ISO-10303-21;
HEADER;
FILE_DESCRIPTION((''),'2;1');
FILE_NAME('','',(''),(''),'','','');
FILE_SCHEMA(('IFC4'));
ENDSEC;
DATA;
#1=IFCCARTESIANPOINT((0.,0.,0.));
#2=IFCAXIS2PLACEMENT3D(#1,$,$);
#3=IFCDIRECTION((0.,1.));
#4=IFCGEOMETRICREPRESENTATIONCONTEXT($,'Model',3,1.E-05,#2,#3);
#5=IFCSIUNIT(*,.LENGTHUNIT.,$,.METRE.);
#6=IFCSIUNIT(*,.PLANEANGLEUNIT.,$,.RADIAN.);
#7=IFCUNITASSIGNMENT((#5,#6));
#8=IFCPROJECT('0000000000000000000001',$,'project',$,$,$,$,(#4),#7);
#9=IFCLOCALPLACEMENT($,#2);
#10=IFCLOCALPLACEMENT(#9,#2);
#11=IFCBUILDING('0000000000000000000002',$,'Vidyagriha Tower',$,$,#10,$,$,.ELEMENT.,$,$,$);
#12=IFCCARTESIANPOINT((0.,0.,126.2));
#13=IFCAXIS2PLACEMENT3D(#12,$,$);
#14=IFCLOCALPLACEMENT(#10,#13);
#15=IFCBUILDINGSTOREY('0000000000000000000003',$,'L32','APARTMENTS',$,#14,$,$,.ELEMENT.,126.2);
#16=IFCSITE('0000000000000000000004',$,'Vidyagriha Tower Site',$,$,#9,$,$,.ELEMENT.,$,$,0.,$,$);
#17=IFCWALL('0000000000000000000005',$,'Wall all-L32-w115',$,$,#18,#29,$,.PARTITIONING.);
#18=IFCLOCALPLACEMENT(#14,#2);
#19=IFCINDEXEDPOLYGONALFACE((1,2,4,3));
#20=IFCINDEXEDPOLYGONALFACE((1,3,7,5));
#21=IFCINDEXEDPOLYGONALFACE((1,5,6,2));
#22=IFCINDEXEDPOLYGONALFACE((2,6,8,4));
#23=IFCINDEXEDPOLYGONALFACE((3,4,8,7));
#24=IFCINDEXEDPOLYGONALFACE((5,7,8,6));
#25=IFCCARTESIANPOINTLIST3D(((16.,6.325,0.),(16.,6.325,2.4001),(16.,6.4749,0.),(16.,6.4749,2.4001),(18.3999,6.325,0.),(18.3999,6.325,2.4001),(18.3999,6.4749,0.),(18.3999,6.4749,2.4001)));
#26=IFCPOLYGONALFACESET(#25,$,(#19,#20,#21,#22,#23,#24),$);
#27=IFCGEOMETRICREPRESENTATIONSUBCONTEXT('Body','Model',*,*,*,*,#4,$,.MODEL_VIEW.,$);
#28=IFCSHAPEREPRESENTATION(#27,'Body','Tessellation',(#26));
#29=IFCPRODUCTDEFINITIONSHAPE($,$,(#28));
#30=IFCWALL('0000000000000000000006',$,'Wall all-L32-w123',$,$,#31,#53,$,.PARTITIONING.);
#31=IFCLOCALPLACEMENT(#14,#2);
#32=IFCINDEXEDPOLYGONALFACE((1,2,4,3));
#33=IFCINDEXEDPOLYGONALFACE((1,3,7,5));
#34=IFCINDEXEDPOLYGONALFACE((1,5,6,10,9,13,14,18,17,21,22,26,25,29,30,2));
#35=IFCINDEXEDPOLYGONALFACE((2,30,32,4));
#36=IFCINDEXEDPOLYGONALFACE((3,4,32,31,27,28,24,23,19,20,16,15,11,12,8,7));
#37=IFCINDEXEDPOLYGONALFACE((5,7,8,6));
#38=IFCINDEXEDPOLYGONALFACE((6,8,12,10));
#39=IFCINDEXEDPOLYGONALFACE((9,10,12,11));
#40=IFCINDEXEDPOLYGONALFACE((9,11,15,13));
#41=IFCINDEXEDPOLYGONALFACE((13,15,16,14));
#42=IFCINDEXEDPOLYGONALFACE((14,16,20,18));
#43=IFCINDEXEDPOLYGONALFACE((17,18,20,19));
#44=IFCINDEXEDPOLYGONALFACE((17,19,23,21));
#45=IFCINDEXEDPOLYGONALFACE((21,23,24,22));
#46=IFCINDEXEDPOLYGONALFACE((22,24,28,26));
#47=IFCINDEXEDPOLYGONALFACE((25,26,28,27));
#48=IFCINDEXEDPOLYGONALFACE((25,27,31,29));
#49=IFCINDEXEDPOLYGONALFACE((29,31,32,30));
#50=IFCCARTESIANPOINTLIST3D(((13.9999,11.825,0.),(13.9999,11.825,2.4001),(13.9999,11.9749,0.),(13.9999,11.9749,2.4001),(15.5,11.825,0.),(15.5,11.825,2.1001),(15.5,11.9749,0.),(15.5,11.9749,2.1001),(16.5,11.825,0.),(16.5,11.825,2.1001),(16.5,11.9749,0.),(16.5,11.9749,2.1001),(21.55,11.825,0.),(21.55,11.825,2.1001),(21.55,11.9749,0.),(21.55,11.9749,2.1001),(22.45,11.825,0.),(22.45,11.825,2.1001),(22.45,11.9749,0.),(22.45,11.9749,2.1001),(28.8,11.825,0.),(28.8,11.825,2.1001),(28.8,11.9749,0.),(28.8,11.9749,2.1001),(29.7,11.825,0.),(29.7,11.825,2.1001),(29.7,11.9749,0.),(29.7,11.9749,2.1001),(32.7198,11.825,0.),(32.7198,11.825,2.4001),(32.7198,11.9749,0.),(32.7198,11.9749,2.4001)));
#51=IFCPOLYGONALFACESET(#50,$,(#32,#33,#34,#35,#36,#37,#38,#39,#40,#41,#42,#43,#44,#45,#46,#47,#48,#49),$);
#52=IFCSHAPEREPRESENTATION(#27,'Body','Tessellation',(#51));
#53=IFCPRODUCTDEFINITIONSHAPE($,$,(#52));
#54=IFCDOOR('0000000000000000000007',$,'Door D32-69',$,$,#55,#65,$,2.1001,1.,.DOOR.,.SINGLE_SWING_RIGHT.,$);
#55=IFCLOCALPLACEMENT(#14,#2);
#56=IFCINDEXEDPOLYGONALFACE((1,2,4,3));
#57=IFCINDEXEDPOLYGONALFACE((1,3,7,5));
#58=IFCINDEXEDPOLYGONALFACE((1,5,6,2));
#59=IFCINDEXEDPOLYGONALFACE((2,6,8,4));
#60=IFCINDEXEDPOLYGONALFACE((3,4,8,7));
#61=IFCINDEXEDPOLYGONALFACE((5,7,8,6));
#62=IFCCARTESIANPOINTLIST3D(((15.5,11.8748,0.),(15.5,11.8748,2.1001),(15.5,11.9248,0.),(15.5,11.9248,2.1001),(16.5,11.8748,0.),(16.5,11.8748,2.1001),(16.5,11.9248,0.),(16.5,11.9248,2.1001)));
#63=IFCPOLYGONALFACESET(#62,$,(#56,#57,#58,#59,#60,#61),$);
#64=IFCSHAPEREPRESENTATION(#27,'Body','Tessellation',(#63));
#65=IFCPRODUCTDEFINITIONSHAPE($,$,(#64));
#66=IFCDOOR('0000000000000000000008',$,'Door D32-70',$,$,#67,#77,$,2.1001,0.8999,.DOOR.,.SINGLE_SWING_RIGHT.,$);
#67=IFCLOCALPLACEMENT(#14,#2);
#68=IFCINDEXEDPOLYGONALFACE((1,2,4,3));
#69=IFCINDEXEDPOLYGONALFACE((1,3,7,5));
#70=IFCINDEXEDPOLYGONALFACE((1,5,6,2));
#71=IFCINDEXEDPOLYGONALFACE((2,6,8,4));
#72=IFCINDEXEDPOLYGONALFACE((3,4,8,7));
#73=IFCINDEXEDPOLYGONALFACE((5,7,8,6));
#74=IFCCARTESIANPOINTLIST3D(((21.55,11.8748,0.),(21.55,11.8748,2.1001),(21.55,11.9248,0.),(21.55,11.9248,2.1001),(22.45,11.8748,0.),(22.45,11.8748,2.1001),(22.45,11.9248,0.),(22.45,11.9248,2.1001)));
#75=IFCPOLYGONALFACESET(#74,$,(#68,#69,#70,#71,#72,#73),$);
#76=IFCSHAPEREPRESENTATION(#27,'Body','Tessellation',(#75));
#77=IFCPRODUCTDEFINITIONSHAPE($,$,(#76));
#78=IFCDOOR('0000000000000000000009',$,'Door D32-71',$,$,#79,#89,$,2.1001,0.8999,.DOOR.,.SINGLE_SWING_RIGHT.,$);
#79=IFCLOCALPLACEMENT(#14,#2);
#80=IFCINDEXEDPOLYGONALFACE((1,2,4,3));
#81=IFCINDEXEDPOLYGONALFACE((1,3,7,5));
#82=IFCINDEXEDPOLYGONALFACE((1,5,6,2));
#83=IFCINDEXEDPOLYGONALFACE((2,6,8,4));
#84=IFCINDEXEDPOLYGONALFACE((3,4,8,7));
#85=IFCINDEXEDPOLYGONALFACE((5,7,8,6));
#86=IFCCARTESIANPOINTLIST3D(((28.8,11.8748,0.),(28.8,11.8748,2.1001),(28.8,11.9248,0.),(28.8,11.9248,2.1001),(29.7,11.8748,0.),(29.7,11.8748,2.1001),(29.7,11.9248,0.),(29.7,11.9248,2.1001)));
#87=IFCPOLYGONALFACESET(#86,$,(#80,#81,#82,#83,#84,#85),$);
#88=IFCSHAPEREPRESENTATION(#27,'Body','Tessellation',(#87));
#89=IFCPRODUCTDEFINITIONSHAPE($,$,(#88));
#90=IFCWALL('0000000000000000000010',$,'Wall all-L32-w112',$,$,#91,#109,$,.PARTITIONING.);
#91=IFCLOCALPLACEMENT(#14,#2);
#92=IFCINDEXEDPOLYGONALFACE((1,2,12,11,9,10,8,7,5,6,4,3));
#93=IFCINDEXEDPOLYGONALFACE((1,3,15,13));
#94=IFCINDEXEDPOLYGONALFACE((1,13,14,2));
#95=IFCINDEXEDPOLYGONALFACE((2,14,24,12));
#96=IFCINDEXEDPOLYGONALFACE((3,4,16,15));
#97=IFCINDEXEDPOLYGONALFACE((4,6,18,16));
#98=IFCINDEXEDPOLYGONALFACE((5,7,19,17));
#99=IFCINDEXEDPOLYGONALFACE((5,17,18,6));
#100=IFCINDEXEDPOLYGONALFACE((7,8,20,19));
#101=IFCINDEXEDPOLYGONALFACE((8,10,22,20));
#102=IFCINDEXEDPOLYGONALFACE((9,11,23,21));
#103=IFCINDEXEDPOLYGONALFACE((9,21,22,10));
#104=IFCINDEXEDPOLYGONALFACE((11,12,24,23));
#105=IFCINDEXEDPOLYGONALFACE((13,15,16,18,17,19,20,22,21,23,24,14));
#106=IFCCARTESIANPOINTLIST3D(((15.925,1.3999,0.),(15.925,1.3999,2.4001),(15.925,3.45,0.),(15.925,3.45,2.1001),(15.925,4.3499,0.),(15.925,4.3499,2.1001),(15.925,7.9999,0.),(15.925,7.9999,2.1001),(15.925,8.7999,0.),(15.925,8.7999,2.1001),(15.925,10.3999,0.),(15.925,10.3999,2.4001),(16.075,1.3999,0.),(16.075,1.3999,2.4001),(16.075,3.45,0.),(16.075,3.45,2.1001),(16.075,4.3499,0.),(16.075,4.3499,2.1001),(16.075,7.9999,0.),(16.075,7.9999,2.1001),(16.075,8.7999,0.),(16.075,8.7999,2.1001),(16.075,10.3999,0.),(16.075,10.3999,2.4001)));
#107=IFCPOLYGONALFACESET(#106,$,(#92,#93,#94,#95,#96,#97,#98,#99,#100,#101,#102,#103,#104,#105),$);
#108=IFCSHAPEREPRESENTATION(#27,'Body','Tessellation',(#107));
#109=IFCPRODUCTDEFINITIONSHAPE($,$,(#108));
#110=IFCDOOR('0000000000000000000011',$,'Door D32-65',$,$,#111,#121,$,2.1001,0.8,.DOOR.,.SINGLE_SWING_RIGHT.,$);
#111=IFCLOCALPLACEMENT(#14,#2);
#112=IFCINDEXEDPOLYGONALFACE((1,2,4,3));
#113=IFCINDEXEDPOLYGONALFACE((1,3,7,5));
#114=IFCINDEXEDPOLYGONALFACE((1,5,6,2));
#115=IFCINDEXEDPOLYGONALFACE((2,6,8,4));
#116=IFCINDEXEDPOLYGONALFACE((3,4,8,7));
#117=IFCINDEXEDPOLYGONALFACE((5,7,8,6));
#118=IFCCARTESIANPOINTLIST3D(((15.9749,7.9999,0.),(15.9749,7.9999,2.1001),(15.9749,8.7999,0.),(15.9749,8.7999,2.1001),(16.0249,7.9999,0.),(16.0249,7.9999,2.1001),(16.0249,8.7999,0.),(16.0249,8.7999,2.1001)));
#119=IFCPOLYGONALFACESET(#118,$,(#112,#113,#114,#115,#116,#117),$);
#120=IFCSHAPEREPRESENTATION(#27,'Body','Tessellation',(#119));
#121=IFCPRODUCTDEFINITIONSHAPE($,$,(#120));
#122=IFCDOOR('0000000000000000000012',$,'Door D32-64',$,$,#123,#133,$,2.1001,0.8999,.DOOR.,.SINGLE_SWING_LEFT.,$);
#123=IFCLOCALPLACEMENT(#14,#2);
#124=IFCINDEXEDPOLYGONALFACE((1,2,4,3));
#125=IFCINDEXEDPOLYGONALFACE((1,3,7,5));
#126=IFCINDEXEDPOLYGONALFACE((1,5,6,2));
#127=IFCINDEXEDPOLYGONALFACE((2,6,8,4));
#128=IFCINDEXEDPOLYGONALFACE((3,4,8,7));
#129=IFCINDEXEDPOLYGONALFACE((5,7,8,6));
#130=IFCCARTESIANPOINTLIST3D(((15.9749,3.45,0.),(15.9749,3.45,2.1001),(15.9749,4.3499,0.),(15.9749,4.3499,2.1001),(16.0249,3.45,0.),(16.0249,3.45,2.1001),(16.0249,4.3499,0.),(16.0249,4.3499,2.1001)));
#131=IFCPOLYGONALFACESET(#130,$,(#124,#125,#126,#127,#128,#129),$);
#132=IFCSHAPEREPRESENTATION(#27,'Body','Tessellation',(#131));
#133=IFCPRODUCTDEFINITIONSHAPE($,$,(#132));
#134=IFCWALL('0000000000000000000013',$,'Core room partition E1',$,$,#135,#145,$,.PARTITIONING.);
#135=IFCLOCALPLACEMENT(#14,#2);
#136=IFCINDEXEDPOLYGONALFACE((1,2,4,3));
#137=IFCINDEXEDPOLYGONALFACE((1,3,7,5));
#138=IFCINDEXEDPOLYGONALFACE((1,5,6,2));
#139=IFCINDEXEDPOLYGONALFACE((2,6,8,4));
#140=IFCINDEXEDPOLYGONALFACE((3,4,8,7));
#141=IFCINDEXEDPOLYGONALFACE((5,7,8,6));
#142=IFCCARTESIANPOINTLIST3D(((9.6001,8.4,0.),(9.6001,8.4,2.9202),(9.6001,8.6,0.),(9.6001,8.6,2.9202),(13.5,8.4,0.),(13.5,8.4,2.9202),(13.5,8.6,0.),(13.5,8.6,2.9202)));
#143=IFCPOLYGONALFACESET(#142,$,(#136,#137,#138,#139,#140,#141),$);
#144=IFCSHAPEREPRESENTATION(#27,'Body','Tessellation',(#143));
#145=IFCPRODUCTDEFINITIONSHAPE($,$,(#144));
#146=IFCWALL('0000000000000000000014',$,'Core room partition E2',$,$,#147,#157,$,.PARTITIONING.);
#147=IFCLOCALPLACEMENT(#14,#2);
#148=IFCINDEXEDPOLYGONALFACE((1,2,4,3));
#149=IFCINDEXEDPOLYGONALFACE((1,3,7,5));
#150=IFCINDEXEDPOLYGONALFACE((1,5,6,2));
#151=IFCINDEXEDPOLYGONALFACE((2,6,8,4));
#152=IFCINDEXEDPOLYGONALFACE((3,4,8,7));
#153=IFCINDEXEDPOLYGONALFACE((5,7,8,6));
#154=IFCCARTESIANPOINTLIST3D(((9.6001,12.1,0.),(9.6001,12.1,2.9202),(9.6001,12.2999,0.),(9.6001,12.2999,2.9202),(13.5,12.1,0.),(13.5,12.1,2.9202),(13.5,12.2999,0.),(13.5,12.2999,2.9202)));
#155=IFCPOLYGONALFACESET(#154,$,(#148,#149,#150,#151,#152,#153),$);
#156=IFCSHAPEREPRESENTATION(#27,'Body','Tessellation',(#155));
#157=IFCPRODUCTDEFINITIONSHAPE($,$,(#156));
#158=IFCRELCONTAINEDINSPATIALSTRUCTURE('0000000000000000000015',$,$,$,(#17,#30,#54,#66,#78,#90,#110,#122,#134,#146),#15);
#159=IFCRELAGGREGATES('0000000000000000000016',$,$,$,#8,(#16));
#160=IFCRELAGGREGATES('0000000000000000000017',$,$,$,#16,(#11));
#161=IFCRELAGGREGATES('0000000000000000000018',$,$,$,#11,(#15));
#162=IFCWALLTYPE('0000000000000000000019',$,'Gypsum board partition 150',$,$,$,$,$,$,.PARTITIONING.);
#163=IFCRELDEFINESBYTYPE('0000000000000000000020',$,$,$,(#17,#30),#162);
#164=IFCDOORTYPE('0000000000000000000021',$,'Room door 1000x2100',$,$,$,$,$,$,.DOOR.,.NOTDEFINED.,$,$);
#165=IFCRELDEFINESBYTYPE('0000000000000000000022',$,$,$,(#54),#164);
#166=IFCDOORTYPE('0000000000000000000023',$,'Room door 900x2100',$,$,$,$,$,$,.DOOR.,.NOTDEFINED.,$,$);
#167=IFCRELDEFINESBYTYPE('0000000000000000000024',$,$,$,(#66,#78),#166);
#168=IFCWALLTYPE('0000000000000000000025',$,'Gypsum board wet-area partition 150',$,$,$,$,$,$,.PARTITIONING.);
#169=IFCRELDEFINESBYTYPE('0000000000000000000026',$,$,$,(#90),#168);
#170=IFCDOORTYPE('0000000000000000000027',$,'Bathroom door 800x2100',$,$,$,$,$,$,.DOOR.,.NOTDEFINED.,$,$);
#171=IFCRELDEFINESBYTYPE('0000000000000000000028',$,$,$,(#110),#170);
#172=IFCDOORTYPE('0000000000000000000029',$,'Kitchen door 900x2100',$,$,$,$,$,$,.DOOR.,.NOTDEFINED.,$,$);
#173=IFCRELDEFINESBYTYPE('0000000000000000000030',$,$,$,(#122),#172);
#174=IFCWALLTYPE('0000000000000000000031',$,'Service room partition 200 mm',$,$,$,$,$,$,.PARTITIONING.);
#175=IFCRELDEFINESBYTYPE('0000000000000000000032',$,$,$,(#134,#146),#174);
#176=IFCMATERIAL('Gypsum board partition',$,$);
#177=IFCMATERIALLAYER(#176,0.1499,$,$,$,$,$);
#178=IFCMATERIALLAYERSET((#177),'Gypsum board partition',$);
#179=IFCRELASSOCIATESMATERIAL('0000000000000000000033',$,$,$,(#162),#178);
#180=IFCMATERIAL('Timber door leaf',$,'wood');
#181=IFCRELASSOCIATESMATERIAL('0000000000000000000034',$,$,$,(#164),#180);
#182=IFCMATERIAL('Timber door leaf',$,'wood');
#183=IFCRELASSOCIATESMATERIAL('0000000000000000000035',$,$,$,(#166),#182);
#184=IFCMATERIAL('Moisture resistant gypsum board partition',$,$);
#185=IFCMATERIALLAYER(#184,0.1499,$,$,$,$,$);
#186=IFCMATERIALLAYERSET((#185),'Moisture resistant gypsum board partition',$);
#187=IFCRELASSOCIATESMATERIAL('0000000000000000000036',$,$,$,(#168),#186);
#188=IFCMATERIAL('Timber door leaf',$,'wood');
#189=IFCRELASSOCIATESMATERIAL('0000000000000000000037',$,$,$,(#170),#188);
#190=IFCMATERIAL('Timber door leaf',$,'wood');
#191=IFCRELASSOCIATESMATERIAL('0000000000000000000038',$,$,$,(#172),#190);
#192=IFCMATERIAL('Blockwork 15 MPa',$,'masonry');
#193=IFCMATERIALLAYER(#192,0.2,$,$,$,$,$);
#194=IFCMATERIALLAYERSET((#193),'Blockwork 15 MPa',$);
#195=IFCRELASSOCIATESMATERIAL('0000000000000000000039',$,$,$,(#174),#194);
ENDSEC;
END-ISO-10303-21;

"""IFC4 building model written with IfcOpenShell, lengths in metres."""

from ifc_helpers import new_model, si_unit, direction, frame, frame_2d, origin, place, context, subcontext, project, spatial, rectangle, extrude, material, layer, layer_set, type_object, element, fill, save


model = new_model("IFC4")

# Units and contexts
model_context = context("Model", 3, precision=1e-05, world=origin(), true_north=direction((0.0, 1.0)))
body_context = subcontext(model_context, "Body", "Model", "MODEL_VIEW")
ifc_project = project(units=[si_unit("LENGTHUNIT", "METRE"), si_unit("PLANEANGLEUNIT", "RADIAN")], contexts=[model_context])

# Site, building, storey
site_placement = place(None, origin())
site = spatial("IfcSite", under=ifc_project, at=site_placement, Name="Vidyagriha Tower Site", CompositionType="ELEMENT", RefElevation=0.0)
building_placement = place(site_placement, origin())
building = spatial("IfcBuilding", under=site, at=building_placement, Name="Vidyagriha Tower", CompositionType="ELEMENT")
storey_placement = place(building_placement, frame((0.0, 0.0, 126.2)))
storey = spatial("IfcBuildingStorey", under=building, at=storey_placement, Name="L32", Description="APARTMENTS", CompositionType="ELEMENT", Elevation=126.2)

# Wall
ifc_material_1 = material(Name="Gypsum board partition")
ifc_layer_1 = layer(ifc_material_1, 0.1499)
ifc_layer_set_1 = layer_set([ifc_layer_1], Name="Gypsum board partition")
wall_type_1 = type_object("IfcWallType", Name="Gypsum board partition 150", PredefinedType="PARTITIONING", material=ifc_layer_set_1)
wall_1_placement = place(storey_placement, frame((16.0, 6.3999, 0.0)))
element("IfcWall", 1, at=wall_1_placement, inside=storey, type_object=wall_type_1, Name="Wall all-L32-w115", PredefinedType="PARTITIONING", context=body_context, shape_type="SweptSolid", body=[
    extrude(rectangle(XDim=2.3999, YDim=0.1499, at=frame_2d((1.2, 0.0))), origin(), (0.0, 0.0, 1.0), 2.4001),
])

# Walls, openings, doors
wall_2_placement = place(storey_placement, frame((14.0, 11.8999, 0.0)))
wall_2 = element("IfcWall", 2, at=wall_2_placement, inside=storey, type_object=wall_type_1, Name="Wall all-L32-w123", PredefinedType="PARTITIONING", context=body_context, shape_type="SweptSolid", body=[
    extrude(rectangle(XDim=18.72, YDim=0.1499, at=frame_2d((9.3599, 0.0))), origin(), (0.0, 0.0, 1.0), 2.4001),
])
opening_1_placement = place(wall_2_placement, frame((1.5, 0.0, 0.0)))
opening_1 = element("IfcOpeningElement", 3, at=opening_1_placement, cuts=wall_2, PredefinedType="OPENING", context=body_context, shape_type="SweptSolid", body=[
    extrude(rectangle(XDim=1.0, YDim=2.1001, at=frame_2d((0.5, 1.05))), frame((0.0, 0.085, 0.0), z_axis=(0.0, -1.0, 0.0), x_axis=(1.0, 0.0, 0.0)), (0.0, 0.0, 1.0), 0.1699),
])
opening_2_placement = place(wall_2_placement, frame((7.55, 0.0, 0.0)))
opening_2 = element("IfcOpeningElement", 4, at=opening_2_placement, cuts=wall_2, PredefinedType="OPENING", context=body_context, shape_type="SweptSolid", body=[
    extrude(rectangle(XDim=0.8999, YDim=2.1001, at=frame_2d((0.45, 1.05))), frame((0.0, 0.085, 0.0), z_axis=(0.0, -1.0, 0.0), x_axis=(1.0, 0.0, 0.0)), (0.0, 0.0, 1.0), 0.1699),
])
opening_3_placement = place(wall_2_placement, frame((14.8, 0.0, 0.0)))
opening_3 = element("IfcOpeningElement", 5, at=opening_3_placement, cuts=wall_2, PredefinedType="OPENING", context=body_context, shape_type="SweptSolid", body=[
    extrude(rectangle(XDim=0.8999, YDim=2.1001, at=frame_2d((0.45, 1.05))), frame((0.0, 0.085, 0.0), z_axis=(0.0, -1.0, 0.0), x_axis=(1.0, 0.0, 0.0)), (0.0, 0.0, 1.0), 0.1699),
])
ifc_material_2 = material(Name="Timber door leaf", Category="wood")
door_type_1 = type_object("IfcDoorType", Name="Room door 1000x2100", OperationType="NOTDEFINED", PredefinedType="DOOR", material=ifc_material_2)
door_1_placement = place(opening_1_placement, origin())
door_1 = element("IfcDoor", 6, at=door_1_placement, inside=storey, type_object=door_type_1, Name="Door D32-69", OperationType="SINGLE_SWING_RIGHT", OverallHeight=2.1001, OverallWidth=1.0, PredefinedType="DOOR", context=body_context, shape_type="SweptSolid", body=[
    extrude(rectangle(XDim=1.0, YDim=2.1001, at=frame_2d((0.5, 1.05))), frame((0.0, 0.0249, 0.0), z_axis=(0.0, -1.0, 0.0), x_axis=(1.0, 0.0, 0.0)), (0.0, 0.0, 1.0), 0.05),
])
fill(opening_1, door_1)
ifc_material_3 = material(Name="Timber door leaf", Category="wood")
door_type_2 = type_object("IfcDoorType", Name="Room door 900x2100", OperationType="NOTDEFINED", PredefinedType="DOOR", material=ifc_material_3)
door_2_placement = place(opening_2_placement, origin())
door_2 = element("IfcDoor", 7, at=door_2_placement, inside=storey, type_object=door_type_2, Name="Door D32-70", OperationType="SINGLE_SWING_RIGHT", OverallHeight=2.1001, OverallWidth=0.8999, PredefinedType="DOOR", context=body_context, shape_type="SweptSolid", body=[
    extrude(rectangle(XDim=0.8999, YDim=2.1001, at=frame_2d((0.45, 1.05))), frame((0.0, 0.0249, 0.0), z_axis=(0.0, -1.0, 0.0), x_axis=(1.0, 0.0, 0.0)), (0.0, 0.0, 1.0), 0.05),
])
fill(opening_2, door_2)
door_3_placement = place(opening_3_placement, origin())
door_3 = element("IfcDoor", 8, at=door_3_placement, inside=storey, type_object=door_type_2, Name="Door D32-71", OperationType="SINGLE_SWING_RIGHT", OverallHeight=2.1001, OverallWidth=0.8999, PredefinedType="DOOR", context=body_context, shape_type="SweptSolid", body=[
    extrude(rectangle(XDim=0.8999, YDim=2.1001, at=frame_2d((0.45, 1.05))), frame((0.0, 0.0249, 0.0), z_axis=(0.0, -1.0, 0.0), x_axis=(1.0, 0.0, 0.0)), (0.0, 0.0, 1.0), 0.05),
])
fill(opening_3, door_3)
ifc_material_4 = material(Name="Moisture resistant gypsum board partition")
ifc_layer_2 = layer(ifc_material_4, 0.1499)
ifc_layer_set_2 = layer_set([ifc_layer_2], Name="Moisture resistant gypsum board partition")
wall_type_2 = type_object("IfcWallType", Name="Gypsum board wet-area partition 150", PredefinedType="PARTITIONING", material=ifc_layer_set_2)
wall_3_placement = place(storey_placement, frame((16.0, 10.3999, 0.0), z_axis=(0.0, 0.0, 1.0), x_axis=(0.0, -1.0, 0.0)))
wall_3 = element("IfcWall", 9, at=wall_3_placement, inside=storey, type_object=wall_type_2, Name="Wall all-L32-w112", PredefinedType="PARTITIONING", context=body_context, shape_type="SweptSolid", body=[
    extrude(rectangle(XDim=9.0, YDim=0.1499, at=frame_2d((4.5, 0.0))), origin(), (0.0, 0.0, 1.0), 2.4001),
])
opening_4_placement = place(wall_3_placement, frame((6.05, 0.0, 0.0)))
opening_4 = element("IfcOpeningElement", 10, at=opening_4_placement, cuts=wall_3, PredefinedType="OPENING", context=body_context, shape_type="SweptSolid", body=[
    extrude(rectangle(XDim=0.8999, YDim=2.1001, at=frame_2d((0.45, 1.05))), frame((0.0, 0.085, 0.0), z_axis=(0.0, -1.0, 0.0), x_axis=(1.0, 0.0, 0.0)), (0.0, 0.0, 1.0), 0.1699),
])
opening_5_placement = place(wall_3_placement, frame((1.6001, 0.0, 0.0)))
opening_5 = element("IfcOpeningElement", 11, at=opening_5_placement, cuts=wall_3, PredefinedType="OPENING", context=body_context, shape_type="SweptSolid", body=[
    extrude(rectangle(XDim=0.8, YDim=2.1001, at=frame_2d((0.3999, 1.05))), frame((0.0, 0.085, 0.0), z_axis=(0.0, -1.0, 0.0), x_axis=(1.0, 0.0, 0.0)), (0.0, 0.0, 1.0), 0.1699),
])
ifc_material_5 = material(Name="Timber door leaf", Category="wood")
door_type_3 = type_object("IfcDoorType", Name="Bathroom door 800x2100", OperationType="NOTDEFINED", PredefinedType="DOOR", material=ifc_material_5)
door_4_placement = place(opening_5_placement, origin())
door_4 = element("IfcDoor", 12, at=door_4_placement, inside=storey, type_object=door_type_3, Name="Door D32-65", OperationType="SINGLE_SWING_RIGHT", OverallHeight=2.1001, OverallWidth=0.8, PredefinedType="DOOR", context=body_context, shape_type="SweptSolid", body=[
    extrude(rectangle(XDim=0.8, YDim=2.1001, at=frame_2d((0.3999, 1.05))), frame((0.0, 0.0249, 0.0), z_axis=(0.0, -1.0, 0.0), x_axis=(1.0, 0.0, 0.0)), (0.0, 0.0, 1.0), 0.05),
])
fill(opening_5, door_4)
ifc_material_6 = material(Name="Timber door leaf", Category="wood")
door_type_4 = type_object("IfcDoorType", Name="Kitchen door 900x2100", OperationType="NOTDEFINED", PredefinedType="DOOR", material=ifc_material_6)
door_5_placement = place(opening_4_placement, origin())
door_5 = element("IfcDoor", 13, at=door_5_placement, inside=storey, type_object=door_type_4, Name="Door D32-64", OperationType="SINGLE_SWING_LEFT", OverallHeight=2.1001, OverallWidth=0.8999, PredefinedType="DOOR", context=body_context, shape_type="SweptSolid", body=[
    extrude(rectangle(XDim=0.8999, YDim=2.1001, at=frame_2d((0.45, 1.05))), frame((0.0, 0.0249, 0.0), z_axis=(0.0, -1.0, 0.0), x_axis=(1.0, 0.0, 0.0)), (0.0, 0.0, 1.0), 0.05),
])
fill(opening_4, door_5)

# Walls
ifc_material_7 = material(Name="Blockwork 15 MPa", Category="masonry")
ifc_layer_3 = layer(ifc_material_7, 0.2)
ifc_layer_set_3 = layer_set([ifc_layer_3], Name="Blockwork 15 MPa")
wall_type_3 = type_object("IfcWallType", Name="Service room partition 200 mm", PredefinedType="PARTITIONING", material=ifc_layer_set_3)
for number, where, name in (
    (14, (9.6001, 8.5, 0.0), "Core room partition E1"),
    (15, (9.6001, 12.2, 0.0), "Core room partition E2"),
):
    element("IfcWall", number, at=place(storey_placement, frame(where)), inside=storey, type_object=wall_type_3, Name=name, PredefinedType="PARTITIONING", context=body_context, shape_type="SweptSolid", body=[
        extrude(rectangle(XDim=3.8999, YDim=0.2, at=frame_2d((1.95, 0.0))), origin(), (0.0, 0.0, 1.0), 2.9202),
    ])

save(model, "model.ifc")
